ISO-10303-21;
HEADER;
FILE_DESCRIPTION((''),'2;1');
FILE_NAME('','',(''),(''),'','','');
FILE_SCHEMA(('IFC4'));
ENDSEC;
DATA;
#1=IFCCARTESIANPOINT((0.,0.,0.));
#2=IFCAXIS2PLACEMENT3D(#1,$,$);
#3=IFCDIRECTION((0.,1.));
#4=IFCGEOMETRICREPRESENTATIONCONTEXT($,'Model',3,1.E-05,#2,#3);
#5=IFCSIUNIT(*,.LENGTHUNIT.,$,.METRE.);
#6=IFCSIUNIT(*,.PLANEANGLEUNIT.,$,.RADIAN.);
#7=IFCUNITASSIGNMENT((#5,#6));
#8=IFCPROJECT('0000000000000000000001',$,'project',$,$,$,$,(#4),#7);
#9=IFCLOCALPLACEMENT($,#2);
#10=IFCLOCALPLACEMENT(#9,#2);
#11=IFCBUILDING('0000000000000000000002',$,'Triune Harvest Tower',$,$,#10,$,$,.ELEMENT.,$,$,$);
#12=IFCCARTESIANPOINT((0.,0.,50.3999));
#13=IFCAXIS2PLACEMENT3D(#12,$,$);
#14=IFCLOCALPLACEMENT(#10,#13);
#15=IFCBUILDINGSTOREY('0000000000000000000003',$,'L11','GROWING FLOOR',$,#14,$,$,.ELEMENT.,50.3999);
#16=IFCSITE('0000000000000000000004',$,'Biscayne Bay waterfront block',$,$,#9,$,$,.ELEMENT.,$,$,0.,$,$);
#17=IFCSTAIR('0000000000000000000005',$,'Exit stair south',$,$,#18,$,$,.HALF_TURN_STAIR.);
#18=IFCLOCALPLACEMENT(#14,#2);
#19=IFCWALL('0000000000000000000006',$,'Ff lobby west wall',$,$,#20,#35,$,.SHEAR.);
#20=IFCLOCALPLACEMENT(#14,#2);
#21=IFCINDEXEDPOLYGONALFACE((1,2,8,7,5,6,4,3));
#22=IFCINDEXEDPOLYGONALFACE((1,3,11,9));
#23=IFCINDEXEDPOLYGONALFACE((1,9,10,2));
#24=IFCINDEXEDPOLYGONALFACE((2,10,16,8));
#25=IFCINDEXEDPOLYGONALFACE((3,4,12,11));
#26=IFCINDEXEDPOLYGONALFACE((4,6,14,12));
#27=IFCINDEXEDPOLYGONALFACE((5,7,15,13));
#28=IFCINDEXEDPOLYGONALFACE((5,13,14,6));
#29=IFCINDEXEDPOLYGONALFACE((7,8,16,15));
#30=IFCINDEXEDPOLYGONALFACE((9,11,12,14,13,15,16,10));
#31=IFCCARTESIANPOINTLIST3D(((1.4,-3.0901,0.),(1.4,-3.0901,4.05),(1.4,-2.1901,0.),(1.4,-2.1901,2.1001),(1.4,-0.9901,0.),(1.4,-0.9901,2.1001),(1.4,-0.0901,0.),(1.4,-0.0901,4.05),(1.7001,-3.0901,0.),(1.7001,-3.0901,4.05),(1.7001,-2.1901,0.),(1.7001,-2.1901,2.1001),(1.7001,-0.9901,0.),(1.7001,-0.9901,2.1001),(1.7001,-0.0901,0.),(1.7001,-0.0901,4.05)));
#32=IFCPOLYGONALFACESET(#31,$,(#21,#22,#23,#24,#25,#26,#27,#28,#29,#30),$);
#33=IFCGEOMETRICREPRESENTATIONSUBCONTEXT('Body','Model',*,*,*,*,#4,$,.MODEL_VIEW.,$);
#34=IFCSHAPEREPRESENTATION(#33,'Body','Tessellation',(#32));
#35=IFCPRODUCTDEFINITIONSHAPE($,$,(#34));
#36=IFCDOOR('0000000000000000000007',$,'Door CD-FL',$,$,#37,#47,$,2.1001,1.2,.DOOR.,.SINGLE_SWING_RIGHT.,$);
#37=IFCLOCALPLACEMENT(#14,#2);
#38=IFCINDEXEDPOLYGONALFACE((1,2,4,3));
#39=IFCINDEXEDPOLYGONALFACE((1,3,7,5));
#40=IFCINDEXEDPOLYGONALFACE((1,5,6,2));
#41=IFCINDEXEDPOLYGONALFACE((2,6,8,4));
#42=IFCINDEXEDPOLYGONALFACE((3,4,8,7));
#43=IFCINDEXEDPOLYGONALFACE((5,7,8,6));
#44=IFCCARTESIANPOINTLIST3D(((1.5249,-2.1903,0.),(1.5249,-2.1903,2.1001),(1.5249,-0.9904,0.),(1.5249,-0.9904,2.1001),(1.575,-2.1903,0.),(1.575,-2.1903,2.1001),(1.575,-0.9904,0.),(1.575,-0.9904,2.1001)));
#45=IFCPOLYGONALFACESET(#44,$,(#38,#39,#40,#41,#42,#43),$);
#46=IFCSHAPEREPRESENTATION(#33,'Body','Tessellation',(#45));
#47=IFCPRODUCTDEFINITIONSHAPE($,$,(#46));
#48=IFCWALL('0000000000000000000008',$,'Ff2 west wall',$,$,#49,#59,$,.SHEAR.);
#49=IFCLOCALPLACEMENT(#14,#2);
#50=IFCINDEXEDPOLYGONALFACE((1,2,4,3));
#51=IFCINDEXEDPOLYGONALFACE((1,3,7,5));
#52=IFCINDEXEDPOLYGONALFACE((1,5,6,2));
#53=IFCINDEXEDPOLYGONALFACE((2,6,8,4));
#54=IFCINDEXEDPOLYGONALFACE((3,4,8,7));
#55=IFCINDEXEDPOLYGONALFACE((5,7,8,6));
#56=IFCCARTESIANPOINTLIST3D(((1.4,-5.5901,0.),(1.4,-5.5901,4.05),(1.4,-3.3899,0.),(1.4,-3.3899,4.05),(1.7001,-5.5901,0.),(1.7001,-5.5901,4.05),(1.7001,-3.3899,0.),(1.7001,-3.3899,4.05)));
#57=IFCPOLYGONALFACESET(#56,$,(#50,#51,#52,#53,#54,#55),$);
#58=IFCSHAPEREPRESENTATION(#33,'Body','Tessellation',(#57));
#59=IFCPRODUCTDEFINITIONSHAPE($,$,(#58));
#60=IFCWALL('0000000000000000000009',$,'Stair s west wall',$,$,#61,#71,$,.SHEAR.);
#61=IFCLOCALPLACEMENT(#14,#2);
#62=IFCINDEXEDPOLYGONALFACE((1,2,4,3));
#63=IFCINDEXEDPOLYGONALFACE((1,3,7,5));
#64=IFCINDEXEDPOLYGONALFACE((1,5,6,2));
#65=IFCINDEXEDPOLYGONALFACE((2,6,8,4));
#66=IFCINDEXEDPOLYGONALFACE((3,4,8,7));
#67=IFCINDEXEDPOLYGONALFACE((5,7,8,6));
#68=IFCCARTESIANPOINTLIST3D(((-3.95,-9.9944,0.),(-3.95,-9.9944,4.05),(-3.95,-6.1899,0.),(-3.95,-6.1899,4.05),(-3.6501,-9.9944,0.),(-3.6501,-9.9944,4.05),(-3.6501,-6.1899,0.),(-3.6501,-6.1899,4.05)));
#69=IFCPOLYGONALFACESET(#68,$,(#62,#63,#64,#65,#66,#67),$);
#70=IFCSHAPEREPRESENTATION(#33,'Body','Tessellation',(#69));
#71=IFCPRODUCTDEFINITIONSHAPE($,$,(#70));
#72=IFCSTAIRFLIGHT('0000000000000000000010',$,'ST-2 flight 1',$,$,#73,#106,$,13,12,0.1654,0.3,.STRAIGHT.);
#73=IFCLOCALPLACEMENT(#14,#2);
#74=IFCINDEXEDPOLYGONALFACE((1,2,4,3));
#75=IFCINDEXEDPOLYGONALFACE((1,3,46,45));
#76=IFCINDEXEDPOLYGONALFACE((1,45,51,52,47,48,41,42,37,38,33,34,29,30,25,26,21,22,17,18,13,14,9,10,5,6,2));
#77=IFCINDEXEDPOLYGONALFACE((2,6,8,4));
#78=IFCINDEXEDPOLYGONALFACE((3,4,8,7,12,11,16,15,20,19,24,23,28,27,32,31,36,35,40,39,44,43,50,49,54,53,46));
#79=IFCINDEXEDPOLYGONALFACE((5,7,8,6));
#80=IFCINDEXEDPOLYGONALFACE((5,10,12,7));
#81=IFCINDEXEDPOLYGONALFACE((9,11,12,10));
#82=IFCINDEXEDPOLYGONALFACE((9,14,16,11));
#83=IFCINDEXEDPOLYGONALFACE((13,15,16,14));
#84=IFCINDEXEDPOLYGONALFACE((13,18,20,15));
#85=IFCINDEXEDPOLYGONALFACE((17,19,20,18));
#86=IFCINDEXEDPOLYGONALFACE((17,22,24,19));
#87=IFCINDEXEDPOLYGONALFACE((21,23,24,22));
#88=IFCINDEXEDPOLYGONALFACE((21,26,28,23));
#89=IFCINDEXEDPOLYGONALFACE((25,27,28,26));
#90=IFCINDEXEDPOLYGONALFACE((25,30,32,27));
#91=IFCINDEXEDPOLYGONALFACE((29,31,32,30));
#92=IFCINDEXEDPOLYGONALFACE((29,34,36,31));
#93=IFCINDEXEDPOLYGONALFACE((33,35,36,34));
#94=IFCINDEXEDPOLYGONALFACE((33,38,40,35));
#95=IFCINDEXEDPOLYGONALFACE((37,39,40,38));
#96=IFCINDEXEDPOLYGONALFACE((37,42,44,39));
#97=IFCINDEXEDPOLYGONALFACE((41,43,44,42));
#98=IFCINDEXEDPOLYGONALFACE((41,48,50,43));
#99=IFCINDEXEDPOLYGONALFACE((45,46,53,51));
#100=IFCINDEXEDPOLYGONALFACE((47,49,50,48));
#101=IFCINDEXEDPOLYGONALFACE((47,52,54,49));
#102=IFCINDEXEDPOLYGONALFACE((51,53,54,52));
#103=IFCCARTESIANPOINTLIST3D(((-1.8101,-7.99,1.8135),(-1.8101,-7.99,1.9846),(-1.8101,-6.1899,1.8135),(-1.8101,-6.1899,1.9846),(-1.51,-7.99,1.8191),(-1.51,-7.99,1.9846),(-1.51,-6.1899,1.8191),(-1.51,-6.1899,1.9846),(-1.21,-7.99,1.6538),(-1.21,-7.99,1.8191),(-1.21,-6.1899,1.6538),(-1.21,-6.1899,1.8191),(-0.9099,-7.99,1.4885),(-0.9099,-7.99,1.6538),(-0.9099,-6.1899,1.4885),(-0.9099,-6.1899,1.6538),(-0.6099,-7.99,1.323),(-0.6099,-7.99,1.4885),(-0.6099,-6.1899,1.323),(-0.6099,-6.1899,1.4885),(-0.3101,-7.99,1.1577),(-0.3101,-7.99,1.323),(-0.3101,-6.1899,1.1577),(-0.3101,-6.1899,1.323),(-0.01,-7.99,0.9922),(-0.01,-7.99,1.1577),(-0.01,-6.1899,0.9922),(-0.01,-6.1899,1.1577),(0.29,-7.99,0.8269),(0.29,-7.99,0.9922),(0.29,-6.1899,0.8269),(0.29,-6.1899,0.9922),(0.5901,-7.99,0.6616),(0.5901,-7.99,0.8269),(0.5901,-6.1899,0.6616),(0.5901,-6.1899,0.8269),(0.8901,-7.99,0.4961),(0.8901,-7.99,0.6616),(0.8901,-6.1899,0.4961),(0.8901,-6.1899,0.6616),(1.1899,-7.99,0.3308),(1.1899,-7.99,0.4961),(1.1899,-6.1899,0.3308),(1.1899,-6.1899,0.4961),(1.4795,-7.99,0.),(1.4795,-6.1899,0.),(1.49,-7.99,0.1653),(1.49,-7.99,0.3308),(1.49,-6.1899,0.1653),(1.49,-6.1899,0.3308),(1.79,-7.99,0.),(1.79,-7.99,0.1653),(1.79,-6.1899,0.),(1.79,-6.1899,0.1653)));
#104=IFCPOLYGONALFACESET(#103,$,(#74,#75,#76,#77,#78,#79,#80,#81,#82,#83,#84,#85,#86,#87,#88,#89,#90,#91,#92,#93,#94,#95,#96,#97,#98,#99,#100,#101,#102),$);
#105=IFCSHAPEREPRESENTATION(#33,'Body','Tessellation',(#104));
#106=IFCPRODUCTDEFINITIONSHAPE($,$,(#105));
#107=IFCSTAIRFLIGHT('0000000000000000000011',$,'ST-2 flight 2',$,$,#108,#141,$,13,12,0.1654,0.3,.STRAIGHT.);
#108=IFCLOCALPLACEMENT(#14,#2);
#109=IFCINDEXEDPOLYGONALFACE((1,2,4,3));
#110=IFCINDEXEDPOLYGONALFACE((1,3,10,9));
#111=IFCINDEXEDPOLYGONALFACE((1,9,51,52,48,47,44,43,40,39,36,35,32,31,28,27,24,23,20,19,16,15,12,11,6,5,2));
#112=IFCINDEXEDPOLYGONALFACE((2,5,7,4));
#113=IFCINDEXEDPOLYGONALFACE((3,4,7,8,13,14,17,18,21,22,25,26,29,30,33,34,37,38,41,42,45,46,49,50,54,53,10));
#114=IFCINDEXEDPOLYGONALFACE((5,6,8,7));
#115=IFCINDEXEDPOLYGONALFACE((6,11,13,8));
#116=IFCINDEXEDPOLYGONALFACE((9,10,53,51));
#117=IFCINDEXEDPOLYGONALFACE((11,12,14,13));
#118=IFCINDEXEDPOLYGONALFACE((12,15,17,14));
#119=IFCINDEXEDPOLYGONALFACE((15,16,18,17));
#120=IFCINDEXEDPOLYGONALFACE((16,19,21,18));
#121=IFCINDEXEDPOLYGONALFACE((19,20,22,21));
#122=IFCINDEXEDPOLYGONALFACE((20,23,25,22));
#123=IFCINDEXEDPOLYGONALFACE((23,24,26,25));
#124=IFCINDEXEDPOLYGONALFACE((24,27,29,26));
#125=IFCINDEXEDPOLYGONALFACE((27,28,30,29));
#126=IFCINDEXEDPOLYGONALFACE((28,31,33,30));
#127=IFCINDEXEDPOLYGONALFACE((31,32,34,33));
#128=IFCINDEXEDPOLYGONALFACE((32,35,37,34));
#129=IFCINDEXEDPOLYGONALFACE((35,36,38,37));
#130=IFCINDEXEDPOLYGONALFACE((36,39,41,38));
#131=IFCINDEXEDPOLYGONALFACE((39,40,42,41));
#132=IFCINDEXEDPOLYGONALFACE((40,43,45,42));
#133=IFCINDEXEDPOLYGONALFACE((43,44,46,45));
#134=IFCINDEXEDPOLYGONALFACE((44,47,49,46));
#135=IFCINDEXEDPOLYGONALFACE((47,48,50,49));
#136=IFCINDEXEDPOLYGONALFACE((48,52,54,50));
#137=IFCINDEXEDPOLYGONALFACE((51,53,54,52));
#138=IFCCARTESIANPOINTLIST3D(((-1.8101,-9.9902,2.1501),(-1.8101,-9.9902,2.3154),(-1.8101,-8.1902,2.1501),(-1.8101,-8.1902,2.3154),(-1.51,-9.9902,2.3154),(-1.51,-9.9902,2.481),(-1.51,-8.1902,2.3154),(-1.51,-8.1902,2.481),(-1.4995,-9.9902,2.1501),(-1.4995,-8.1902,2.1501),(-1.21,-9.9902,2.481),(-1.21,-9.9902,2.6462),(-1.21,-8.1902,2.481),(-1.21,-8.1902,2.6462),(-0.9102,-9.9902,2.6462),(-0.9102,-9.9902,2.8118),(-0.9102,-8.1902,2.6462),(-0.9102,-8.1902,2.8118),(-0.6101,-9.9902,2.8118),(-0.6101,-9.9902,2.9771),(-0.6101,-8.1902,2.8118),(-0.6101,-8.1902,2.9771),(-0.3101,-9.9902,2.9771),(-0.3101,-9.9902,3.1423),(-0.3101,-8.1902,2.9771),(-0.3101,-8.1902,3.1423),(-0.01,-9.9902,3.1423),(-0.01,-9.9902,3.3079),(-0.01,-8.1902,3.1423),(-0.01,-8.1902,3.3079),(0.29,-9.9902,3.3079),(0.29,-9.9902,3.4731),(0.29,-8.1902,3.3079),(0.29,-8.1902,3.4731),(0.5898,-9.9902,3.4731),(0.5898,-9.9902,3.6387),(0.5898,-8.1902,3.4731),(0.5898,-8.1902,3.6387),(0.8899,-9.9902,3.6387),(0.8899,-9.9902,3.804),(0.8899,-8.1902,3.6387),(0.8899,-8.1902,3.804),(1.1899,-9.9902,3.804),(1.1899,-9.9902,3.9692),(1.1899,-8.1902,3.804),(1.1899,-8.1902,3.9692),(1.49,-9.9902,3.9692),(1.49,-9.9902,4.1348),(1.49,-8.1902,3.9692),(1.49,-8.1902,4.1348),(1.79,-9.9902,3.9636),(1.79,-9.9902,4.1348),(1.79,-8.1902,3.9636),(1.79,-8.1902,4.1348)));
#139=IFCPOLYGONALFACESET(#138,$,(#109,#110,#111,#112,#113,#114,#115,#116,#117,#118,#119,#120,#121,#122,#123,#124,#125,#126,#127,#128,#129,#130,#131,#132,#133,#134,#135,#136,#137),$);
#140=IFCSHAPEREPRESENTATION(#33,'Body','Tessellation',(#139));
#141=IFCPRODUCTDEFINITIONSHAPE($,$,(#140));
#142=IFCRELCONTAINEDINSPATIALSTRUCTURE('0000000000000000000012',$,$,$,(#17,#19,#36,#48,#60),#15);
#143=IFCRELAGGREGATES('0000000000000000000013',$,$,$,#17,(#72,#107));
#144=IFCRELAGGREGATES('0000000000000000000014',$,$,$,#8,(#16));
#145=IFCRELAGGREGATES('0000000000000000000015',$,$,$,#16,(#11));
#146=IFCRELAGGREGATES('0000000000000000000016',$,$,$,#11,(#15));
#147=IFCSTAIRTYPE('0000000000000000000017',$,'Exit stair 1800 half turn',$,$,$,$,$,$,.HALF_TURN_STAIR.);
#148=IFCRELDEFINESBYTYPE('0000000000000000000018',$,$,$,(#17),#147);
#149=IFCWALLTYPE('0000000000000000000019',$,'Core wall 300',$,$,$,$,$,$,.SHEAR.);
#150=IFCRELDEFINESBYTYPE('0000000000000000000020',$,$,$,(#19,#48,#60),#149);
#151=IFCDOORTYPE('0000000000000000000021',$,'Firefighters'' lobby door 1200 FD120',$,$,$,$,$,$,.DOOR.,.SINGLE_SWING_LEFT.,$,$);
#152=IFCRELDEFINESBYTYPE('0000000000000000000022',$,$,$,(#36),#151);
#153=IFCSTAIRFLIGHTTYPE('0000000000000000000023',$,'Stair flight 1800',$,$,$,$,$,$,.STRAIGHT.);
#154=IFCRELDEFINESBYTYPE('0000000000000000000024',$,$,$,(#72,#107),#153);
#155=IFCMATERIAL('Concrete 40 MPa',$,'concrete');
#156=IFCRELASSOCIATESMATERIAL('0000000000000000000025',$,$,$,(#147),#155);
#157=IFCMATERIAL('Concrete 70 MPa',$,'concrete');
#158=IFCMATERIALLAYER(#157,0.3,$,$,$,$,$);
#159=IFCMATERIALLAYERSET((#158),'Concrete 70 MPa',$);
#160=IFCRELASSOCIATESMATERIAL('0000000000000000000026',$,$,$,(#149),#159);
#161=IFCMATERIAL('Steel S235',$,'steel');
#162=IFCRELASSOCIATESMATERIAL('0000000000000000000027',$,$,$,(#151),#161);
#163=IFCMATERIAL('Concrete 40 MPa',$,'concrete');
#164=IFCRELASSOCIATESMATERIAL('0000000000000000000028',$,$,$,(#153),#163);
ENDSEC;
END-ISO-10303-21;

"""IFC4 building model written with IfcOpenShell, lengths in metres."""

from ifc_helpers import new_model, si_unit, direction, frame, frame_2d, origin, place, context, subcontext, project, spatial, polyline, rectangle, outline, extrude, source, transform, mapped, material, layer, layer_set, type_object, element, fill, aggregate, save


model = new_model("IFC4")

# Units and contexts
model_context = context("Model", 3, precision=1e-05, world=origin(), true_north=direction((0.0, 1.0)))
body_context = subcontext(model_context, "Body", "Model", "MODEL_VIEW")
ifc_project = project(units=[si_unit("LENGTHUNIT", "METRE"), si_unit("PLANEANGLEUNIT", "RADIAN")], contexts=[model_context])

# Site, building, storey
site_placement = place(None, origin())
site = spatial("IfcSite", under=ifc_project, at=site_placement, Name="Biscayne Bay waterfront block", CompositionType="ELEMENT", RefElevation=0.0)
building_placement = place(site_placement, origin())
building = spatial("IfcBuilding", under=site, at=building_placement, Name="Triune Harvest Tower", CompositionType="ELEMENT")
storey_placement = place(building_placement, frame((0.0, 0.0, 50.3999)))
storey = spatial("IfcBuildingStorey", under=building, at=storey_placement, Name="L11", Description="GROWING FLOOR", CompositionType="ELEMENT", Elevation=50.3999)

# Stair
ifc_material_1 = material(Name="Concrete 40 MPa", Category="concrete")
stair_type = type_object("IfcStairType", Name="Exit stair 1800 half turn", PredefinedType="HALF_TURN_STAIR", material=ifc_material_1)
stair_1_placement = place(storey_placement, origin())
stair_1 = element("IfcStair", 1, at=stair_1_placement, inside=storey, type_object=stair_type, Name="Exit stair south", PredefinedType="HALF_TURN_STAIR")

# Wall, opening, door
ifc_material_2 = material(Name="Concrete 70 MPa", Category="concrete")
ifc_layer_1 = layer(ifc_material_2, 0.3)
ifc_layer_set_1 = layer_set([ifc_layer_1], Name="Concrete 70 MPa")
wall_type = type_object("IfcWallType", Name="Core wall 300", PredefinedType="SHEAR", material=ifc_layer_set_1)
shared_shape_1 = source(origin(), body_context, "Body", "SweptSolid", [
    extrude(rectangle(XDim=3.0, YDim=0.3, at=frame_2d((1.5, 0.0))), origin(), (0.0, 0.0, 1.0), 4.05),
])
wall_1_placement = place(storey_placement, frame((1.55, -3.0901, 0.0), z_axis=(0.0, 0.0, 1.0), x_axis=(0.0, 1.0, 0.0)))
wall_1 = element("IfcWall", 2, at=wall_1_placement, inside=storey, type_object=wall_type, Name="Ff lobby west wall", PredefinedType="SHEAR", context=body_context, shape_type="MappedRepresentation", body=[
    mapped(shared_shape_1, transform((0.0, 0.0, 0.0), scale=1.0)),
])
opening_placement = place(wall_1_placement, frame((0.8999, 0.0, 0.0)))
opening = element("IfcOpeningElement", 3, at=opening_placement, cuts=wall_1, PredefinedType="OPENING", context=body_context, shape_type="SweptSolid", body=[
    extrude(rectangle(XDim=1.2, YDim=2.1001, at=frame_2d((0.6001, 1.05))), frame((0.0, 0.1602, 0.0), z_axis=(0.0, -1.0, 0.0), x_axis=(1.0, 0.0, 0.0)), (0.0, 0.0, 1.0), 0.3201),
])
ifc_material_3 = material(Name="Steel S235", Category="steel")
door_type = type_object("IfcDoorType", Name="Firefighters' lobby door 1200 FD120", OperationType="SINGLE_SWING_LEFT", PredefinedType="DOOR", material=ifc_material_3)
door_placement = place(opening_placement, frame((1.2, 0.0, 0.0), z_axis=(0.0, 0.0, 1.0), x_axis=(-1.0, 0.0, 0.0)))
door = element("IfcDoor", 4, at=door_placement, inside=storey, type_object=door_type, Name="Door CD-FL", OperationType="SINGLE_SWING_RIGHT", OverallHeight=2.1001, OverallWidth=1.2, PredefinedType="DOOR", context=body_context, shape_type="SweptSolid", body=[
    extrude(rectangle(XDim=1.2, YDim=2.1001, at=frame_2d((0.6001, 1.05))), frame((0.0, 0.0249, 0.0), z_axis=(0.0, -1.0, 0.0), x_axis=(1.0, 0.0, 0.0)), (0.0, 0.0, 1.0), 0.05),
])
fill(opening, door)

# Walls
shared_shape_2 = source(origin(), body_context, "Body", "SweptSolid", [
    extrude(rectangle(XDim=2.2002, YDim=0.3, at=frame_2d((1.1001, 0.0))), origin(), (0.0, 0.0, 1.0), 4.05),
])
wall_2_placement = place(storey_placement, frame((1.55, -5.5901, 0.0), z_axis=(0.0, 0.0, 1.0), x_axis=(0.0, 1.0, 0.0)))
element("IfcWall", 5, at=wall_2_placement, inside=storey, type_object=wall_type, Name="Ff2 west wall", PredefinedType="SHEAR", context=body_context, shape_type="MappedRepresentation", body=[
    mapped(shared_shape_2, transform((0.0, 0.0, 0.0), scale=1.0)),
])
shared_shape_3 = source(origin(), body_context, "Body", "SweptSolid", [
    extrude(outline(polyline([(3.8, -0.1499), (-0.0044, -0.1499), (-0.0044, 0.1499), (3.8, 0.1499), (3.8, -0.1499)])), origin(), (0.0, 0.0, 1.0), 4.05),
])
wall_3_placement = place(storey_placement, frame((-3.8, -9.99, 0.0), z_axis=(0.0, 0.0, 1.0), x_axis=(0.0, 1.0, 0.0)))
element("IfcWall", 6, at=wall_3_placement, inside=storey, type_object=wall_type, Name="Stair s west wall", PredefinedType="SHEAR", context=body_context, shape_type="MappedRepresentation", body=[
    mapped(shared_shape_3, transform((0.0, 0.0, 0.0), scale=1.0)),
])

# Stair flights
ifc_material_4 = material(Name="Concrete 40 MPa", Category="concrete")
stair_flight_type = type_object("IfcStairFlightType", Name="Stair flight 1800", PredefinedType="STRAIGHT", material=ifc_material_4)
shared_shape_4 = source(origin(), body_context, "Body", "SweptSolid", [
    extrude(outline(polyline([(0.0, 0.0), (0.0, 0.1653), (0.3, 0.1653), (0.3, 0.3308), (0.6001, 0.3308), (0.6001, 0.4961), (0.8999, 0.4961), (0.8999, 0.6616), (1.2, 0.6616), (1.2, 0.8269), (1.5, 0.8269), (1.5, 0.9922), (1.8, 0.9922), (1.8, 1.1577), (2.1001, 1.1577), (2.1001, 1.323), (2.3999, 1.323), (2.3999, 1.4885), (2.7, 1.4885), (2.7, 1.6538), (3.0, 1.6538), (3.0, 1.8191), (3.3, 1.8191), (3.3, 1.9846), (3.6001, 1.9846), (3.6001, 2.1499), (3.6001, 1.8135), (0.3105, 0.0), (0.0, 0.0)])), frame((0.0, 0.8999, 0.0), z_axis=(0.0, -1.0, 0.0), x_axis=(1.0, 0.0, 0.0)), (0.0, 0.0, 1.0), 1.8),
])
stair_flight_1_placement = place(storey_placement, frame((1.79, -7.0901, 0.0), z_axis=(0.0, 0.0, 1.0), x_axis=(-1.0, 0.0, 0.0)))
stair_flight_1 = element("IfcStairFlight", 7, at=stair_flight_1_placement, type_object=stair_flight_type, Name="ST-2 flight 1", NumberOfRisers=13, NumberOfTreads=12, PredefinedType="STRAIGHT", RiserHeight=0.1654, TreadLength=0.3, context=body_context, shape_type="MappedRepresentation", body=[
    mapped(shared_shape_4, transform((0.0, 0.0, 0.0), scale=1.0)),
])
stair_flight_2_placement = place(storey_placement, frame((-1.8101, -9.0901, 2.1501), z_axis=(0.0, 0.0, 1.0), x_axis=(1.0, 0.0, 0.0)))
stair_flight_2 = element("IfcStairFlight", 8, at=stair_flight_2_placement, type_object=stair_flight_type, Name="ST-2 flight 2", NumberOfRisers=13, NumberOfTreads=12, PredefinedType="STRAIGHT", RiserHeight=0.1654, TreadLength=0.3, context=body_context, shape_type="MappedRepresentation", body=[
    mapped(shared_shape_4, transform((0.0, 0.0, 0.0), scale=1.0)),
])
aggregate(stair_1, [stair_flight_1, stair_flight_2])

save(model, "model.ifc")
